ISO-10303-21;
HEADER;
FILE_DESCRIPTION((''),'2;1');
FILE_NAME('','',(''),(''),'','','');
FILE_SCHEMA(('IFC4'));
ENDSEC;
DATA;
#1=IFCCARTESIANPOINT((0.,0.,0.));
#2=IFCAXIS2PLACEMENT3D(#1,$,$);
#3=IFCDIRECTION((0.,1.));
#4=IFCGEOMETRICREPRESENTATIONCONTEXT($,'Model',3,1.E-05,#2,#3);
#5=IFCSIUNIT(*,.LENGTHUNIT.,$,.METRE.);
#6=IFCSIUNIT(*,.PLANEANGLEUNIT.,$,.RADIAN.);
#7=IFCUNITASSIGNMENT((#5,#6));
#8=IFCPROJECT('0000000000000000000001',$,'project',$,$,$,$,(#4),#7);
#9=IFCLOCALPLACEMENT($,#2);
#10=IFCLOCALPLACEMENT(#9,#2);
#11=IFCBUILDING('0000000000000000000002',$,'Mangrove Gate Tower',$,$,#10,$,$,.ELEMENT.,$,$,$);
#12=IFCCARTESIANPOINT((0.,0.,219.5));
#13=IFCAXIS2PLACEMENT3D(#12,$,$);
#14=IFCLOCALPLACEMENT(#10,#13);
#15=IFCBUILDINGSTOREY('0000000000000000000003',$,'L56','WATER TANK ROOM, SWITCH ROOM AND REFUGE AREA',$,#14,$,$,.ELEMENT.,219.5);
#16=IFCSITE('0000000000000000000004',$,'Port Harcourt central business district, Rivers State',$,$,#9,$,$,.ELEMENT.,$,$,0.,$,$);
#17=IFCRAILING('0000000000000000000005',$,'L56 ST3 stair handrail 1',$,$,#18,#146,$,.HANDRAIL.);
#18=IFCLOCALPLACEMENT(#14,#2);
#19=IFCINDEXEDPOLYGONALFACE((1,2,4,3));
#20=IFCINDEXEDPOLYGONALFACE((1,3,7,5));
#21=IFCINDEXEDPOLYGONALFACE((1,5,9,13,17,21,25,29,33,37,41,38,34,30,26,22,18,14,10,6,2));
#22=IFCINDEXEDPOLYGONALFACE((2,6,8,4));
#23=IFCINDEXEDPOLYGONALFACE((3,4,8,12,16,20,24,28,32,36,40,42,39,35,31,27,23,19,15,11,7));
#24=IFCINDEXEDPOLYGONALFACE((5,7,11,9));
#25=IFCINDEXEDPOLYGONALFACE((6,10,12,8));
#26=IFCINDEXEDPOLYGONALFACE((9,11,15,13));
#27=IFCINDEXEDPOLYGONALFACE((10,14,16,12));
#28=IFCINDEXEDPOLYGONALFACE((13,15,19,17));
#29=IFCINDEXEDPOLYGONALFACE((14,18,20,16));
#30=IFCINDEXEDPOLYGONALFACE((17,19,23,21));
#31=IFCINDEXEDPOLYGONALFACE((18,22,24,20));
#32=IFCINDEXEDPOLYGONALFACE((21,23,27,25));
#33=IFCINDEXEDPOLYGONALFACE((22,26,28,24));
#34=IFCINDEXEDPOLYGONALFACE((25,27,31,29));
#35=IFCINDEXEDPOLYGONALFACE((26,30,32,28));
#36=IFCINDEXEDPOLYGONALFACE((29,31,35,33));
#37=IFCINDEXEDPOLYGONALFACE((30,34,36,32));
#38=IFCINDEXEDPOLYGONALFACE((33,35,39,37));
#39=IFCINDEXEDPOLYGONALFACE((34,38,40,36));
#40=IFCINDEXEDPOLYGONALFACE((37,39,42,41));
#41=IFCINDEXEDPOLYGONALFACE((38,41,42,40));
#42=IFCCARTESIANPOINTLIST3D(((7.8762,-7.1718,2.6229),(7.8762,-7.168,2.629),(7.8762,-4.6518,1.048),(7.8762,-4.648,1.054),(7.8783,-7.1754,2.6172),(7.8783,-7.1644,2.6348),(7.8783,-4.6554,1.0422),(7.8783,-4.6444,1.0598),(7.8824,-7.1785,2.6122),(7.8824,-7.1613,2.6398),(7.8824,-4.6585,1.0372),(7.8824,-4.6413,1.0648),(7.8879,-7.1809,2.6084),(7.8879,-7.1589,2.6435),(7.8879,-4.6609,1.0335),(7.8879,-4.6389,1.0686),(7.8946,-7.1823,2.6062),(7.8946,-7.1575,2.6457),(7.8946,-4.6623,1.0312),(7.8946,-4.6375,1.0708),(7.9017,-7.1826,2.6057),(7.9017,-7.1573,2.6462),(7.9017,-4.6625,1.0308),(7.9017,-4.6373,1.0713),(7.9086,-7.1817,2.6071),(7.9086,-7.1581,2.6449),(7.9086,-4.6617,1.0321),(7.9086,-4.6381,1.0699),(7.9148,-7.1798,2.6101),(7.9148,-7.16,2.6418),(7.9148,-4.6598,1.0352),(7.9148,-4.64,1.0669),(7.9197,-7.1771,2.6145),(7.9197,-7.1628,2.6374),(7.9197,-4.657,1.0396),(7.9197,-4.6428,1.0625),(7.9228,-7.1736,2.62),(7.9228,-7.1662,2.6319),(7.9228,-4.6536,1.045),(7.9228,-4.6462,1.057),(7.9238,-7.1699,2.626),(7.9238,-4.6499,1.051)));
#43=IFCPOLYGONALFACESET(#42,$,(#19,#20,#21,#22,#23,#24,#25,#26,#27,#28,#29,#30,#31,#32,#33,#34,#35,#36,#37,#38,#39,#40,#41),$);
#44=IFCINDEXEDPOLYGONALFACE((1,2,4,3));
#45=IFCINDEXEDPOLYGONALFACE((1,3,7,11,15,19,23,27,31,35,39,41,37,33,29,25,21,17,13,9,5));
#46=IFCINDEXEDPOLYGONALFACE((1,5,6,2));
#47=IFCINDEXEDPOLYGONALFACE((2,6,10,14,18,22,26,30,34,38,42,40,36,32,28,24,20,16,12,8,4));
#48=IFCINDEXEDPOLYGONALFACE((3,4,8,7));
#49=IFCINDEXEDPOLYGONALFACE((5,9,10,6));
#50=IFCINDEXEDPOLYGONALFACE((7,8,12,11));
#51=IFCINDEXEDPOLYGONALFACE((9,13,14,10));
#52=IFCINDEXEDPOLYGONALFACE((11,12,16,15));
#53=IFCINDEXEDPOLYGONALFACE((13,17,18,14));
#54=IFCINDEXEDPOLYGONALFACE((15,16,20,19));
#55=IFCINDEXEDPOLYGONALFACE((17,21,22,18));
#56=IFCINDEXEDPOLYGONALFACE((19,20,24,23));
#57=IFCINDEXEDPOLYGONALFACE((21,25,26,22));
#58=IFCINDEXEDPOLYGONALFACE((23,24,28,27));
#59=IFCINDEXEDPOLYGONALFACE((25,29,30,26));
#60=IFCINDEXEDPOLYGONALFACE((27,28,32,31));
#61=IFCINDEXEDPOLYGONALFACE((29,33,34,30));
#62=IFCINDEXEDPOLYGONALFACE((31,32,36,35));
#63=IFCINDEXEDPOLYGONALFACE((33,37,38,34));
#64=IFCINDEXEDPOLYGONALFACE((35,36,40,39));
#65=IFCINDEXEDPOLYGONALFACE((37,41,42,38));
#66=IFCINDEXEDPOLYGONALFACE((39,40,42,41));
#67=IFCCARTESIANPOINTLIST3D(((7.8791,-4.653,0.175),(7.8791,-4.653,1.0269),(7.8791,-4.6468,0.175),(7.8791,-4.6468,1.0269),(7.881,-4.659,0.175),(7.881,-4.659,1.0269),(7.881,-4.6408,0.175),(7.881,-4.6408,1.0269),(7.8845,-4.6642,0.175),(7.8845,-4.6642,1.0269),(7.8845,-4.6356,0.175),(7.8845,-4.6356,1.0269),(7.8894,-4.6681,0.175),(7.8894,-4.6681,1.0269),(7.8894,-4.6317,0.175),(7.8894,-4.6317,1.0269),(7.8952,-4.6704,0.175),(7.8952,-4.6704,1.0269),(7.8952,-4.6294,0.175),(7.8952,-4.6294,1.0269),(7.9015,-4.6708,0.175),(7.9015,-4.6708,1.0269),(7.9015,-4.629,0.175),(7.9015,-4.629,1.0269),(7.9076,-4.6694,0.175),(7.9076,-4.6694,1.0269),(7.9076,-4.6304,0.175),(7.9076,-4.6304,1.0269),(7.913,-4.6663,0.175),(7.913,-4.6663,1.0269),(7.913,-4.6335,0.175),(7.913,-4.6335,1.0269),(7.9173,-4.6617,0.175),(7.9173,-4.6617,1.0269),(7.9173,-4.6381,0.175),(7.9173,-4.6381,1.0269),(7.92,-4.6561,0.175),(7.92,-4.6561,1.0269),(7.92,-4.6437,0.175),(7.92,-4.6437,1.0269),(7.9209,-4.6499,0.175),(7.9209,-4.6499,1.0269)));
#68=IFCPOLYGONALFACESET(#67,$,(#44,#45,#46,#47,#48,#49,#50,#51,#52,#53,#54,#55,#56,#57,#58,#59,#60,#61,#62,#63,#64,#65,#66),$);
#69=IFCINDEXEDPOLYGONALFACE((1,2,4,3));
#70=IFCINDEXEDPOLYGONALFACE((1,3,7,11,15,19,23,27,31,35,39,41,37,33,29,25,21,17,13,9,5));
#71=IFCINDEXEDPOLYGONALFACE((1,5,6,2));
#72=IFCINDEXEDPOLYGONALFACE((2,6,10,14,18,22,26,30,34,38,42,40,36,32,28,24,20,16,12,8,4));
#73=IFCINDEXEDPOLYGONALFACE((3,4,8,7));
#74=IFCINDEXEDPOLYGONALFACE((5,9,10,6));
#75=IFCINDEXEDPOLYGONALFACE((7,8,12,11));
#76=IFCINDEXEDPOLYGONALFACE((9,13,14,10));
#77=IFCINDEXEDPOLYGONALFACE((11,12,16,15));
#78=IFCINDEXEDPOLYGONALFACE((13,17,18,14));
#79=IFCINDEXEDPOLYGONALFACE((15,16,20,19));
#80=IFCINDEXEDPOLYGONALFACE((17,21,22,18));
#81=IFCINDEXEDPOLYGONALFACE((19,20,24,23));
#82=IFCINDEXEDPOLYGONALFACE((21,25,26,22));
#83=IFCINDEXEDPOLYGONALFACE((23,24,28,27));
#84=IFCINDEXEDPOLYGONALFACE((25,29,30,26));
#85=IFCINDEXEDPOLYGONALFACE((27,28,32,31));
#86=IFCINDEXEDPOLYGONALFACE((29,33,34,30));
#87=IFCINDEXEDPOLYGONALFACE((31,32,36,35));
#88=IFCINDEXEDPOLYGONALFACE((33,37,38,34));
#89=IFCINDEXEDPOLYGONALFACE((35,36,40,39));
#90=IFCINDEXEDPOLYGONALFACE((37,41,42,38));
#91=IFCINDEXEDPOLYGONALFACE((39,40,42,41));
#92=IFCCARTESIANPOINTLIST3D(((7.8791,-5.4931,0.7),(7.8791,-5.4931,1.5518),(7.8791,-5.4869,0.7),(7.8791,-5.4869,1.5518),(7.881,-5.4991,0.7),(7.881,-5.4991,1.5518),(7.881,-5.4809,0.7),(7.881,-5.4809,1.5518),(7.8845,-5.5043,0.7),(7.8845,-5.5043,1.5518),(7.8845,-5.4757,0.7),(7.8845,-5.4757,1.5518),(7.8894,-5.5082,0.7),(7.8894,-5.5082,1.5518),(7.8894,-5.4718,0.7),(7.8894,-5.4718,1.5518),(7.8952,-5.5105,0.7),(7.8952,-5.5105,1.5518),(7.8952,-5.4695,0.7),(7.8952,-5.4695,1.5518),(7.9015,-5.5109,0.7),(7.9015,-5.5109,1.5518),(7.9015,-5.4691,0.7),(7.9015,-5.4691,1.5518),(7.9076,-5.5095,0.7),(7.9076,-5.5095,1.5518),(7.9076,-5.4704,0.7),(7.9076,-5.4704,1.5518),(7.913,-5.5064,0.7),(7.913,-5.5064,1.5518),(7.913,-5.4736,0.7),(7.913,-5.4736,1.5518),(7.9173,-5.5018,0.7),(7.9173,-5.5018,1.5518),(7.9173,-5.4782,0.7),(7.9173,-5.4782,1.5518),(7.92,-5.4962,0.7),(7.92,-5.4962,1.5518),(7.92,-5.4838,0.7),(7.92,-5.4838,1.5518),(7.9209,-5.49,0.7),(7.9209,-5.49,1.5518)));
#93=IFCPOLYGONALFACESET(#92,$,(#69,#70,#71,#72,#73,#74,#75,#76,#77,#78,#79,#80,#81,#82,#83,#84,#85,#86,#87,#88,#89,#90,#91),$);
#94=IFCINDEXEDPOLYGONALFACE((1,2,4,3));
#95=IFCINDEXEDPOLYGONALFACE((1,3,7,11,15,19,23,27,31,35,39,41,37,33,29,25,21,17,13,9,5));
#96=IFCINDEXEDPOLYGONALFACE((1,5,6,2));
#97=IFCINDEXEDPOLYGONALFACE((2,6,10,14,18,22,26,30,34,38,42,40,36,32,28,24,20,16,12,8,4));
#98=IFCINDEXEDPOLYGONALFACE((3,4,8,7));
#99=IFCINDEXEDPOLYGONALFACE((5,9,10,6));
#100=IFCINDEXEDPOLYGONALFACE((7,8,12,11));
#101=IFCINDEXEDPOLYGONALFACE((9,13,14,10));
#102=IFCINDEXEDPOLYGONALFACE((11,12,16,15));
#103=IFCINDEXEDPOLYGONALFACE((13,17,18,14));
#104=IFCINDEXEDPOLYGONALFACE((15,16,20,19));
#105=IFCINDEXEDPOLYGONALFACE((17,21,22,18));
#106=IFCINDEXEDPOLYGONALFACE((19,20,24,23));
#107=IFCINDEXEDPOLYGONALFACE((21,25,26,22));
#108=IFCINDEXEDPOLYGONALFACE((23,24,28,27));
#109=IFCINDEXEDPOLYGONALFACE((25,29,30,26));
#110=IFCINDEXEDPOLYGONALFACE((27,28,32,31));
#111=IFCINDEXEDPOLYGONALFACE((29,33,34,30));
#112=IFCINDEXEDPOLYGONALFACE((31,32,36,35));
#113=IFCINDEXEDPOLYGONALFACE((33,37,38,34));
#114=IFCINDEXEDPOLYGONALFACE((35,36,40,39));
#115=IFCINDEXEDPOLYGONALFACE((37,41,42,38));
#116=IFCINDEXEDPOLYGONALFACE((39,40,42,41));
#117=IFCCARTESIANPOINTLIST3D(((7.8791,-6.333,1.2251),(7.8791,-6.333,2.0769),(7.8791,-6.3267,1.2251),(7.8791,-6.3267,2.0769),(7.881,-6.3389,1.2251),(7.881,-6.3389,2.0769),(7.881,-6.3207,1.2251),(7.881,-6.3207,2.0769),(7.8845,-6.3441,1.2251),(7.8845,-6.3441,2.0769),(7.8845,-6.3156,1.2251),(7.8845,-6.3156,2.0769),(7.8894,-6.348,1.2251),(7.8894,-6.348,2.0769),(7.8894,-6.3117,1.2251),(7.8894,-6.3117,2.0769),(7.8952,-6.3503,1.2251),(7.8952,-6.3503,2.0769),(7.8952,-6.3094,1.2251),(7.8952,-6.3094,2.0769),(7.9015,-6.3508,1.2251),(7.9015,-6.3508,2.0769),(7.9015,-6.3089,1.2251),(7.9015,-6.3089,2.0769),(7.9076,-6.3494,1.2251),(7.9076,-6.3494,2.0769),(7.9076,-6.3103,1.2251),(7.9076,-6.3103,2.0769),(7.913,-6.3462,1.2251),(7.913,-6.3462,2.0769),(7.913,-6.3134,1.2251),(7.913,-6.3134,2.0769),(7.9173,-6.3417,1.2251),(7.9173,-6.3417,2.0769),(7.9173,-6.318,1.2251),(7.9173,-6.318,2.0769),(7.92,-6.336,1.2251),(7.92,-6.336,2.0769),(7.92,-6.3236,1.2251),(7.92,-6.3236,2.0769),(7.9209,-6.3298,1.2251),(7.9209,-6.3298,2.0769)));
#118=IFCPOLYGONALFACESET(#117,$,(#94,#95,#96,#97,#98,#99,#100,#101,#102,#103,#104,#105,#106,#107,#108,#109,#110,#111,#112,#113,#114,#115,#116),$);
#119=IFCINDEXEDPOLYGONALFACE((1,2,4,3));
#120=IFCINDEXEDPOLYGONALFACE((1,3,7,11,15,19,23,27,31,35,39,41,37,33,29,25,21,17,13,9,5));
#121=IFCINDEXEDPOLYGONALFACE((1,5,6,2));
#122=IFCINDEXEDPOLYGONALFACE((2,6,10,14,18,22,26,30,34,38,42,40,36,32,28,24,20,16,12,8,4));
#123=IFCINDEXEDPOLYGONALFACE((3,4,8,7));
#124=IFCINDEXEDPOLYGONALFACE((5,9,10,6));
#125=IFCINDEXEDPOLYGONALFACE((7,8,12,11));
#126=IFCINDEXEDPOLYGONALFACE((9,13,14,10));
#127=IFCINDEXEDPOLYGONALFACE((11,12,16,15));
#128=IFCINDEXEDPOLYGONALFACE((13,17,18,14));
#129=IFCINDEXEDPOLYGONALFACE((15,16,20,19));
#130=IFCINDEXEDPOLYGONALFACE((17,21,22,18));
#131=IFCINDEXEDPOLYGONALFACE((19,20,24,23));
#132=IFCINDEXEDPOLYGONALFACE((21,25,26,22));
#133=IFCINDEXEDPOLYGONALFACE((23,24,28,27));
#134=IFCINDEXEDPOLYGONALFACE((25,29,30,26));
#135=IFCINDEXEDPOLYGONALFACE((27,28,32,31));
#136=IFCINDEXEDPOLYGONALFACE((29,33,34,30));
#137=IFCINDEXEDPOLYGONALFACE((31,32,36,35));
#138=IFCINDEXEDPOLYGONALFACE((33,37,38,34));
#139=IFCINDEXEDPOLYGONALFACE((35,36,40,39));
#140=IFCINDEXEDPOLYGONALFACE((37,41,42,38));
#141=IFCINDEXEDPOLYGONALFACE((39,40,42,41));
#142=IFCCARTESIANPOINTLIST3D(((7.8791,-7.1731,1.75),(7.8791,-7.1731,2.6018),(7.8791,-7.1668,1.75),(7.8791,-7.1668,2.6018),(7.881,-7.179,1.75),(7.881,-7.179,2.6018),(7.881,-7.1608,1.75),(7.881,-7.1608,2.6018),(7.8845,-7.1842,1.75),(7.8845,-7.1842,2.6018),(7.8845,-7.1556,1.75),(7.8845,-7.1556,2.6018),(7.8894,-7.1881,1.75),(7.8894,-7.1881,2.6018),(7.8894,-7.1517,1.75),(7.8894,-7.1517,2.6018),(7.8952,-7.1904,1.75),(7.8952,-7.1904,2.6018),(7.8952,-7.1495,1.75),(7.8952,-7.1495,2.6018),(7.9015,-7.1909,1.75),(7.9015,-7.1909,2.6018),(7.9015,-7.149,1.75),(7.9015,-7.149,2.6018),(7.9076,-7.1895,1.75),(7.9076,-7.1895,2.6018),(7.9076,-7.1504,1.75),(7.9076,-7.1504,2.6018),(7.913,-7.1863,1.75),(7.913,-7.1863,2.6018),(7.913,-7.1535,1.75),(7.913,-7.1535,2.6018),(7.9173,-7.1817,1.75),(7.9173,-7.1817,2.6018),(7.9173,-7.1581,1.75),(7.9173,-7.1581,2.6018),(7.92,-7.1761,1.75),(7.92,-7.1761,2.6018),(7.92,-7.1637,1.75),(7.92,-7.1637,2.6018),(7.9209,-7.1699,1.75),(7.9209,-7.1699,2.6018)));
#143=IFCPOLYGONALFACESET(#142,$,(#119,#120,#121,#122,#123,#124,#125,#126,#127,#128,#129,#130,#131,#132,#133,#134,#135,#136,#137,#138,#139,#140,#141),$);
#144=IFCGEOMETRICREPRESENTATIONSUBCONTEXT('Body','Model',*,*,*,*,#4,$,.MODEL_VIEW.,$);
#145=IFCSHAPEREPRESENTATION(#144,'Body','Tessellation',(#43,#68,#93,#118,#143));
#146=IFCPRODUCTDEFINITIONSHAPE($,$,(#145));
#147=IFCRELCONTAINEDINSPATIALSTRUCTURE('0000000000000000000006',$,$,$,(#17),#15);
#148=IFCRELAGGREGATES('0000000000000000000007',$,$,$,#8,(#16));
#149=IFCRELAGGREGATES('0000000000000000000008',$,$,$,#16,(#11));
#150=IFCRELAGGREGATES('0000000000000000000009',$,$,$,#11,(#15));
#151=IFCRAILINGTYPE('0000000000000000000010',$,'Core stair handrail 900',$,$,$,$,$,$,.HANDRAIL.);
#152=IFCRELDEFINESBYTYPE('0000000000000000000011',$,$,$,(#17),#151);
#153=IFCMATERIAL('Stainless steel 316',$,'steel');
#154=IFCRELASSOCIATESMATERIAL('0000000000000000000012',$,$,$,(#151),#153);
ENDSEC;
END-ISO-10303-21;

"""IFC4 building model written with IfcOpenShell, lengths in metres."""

from ifc_helpers import new_model, si_unit, direction, frame, origin, origin_2d, place, context, subcontext, project, spatial, circle, extrude, material, type_object, element, save


model = new_model("IFC4")

# Units and contexts
model_context = context("Model", 3, precision=1e-05, world=origin(), true_north=direction((0.0, 1.0)))
body_context = subcontext(model_context, "Body", "Model", "MODEL_VIEW")
ifc_project = project(units=[si_unit("LENGTHUNIT", "METRE"), si_unit("PLANEANGLEUNIT", "RADIAN")], contexts=[model_context])

# Site, building, storey
site_placement = place(None, origin())
site = spatial("IfcSite", under=ifc_project, at=site_placement, Name="Port Harcourt central business district, Rivers State", CompositionType="ELEMENT", RefElevation=0.0)
building_placement = place(site_placement, origin())
building = spatial("IfcBuilding", under=site, at=building_placement, Name="Mangrove Gate Tower", CompositionType="ELEMENT")
storey_placement = place(building_placement, frame((0.0, 0.0, 219.5)))
storey = spatial("IfcBuildingStorey", under=building, at=storey_placement, Name="L56", Description="WATER TANK ROOM, SWITCH ROOM AND REFUGE AREA", CompositionType="ELEMENT", Elevation=219.5)

# Railing
ifc_material_1 = material(Name="Stainless steel 316", Category="steel")
railing_type_1 = type_object("IfcRailingType", Name="Core stair handrail 900", PredefinedType="HANDRAIL", material=ifc_material_1)
railing_1_placement = place(storey_placement, frame((7.8999, -4.6499, 0.175)))
element("IfcRailing", 1, at=railing_1_placement, inside=storey, type_object=railing_type_1, Name="L56 ST3 stair handrail 1", PredefinedType="HANDRAIL", context=body_context, shape_type="SweptSolid", body=[
    extrude(circle(Radius=0.0239, at=origin_2d()), frame((0.0, 0.0, 0.876), z_axis=(0.0, -0.848008, 0.529984), x_axis=(1.0, 0.0, 0.0)), (0.0, 0.0, 1.0), 2.9717),
    extrude(circle(Radius=0.021, at=origin_2d()), origin(), (0.0, 0.0, 1.0), 0.8518),
    extrude(circle(Radius=0.021, at=origin_2d()), frame((0.0, -0.8401, 0.5249)), (0.0, 0.0, 1.0), 0.8518),
    extrude(circle(Radius=0.021, at=origin_2d()), frame((0.0, -1.6799, 1.05)), (0.0, 0.0, 1.0), 0.8518),
    extrude(circle(Radius=0.021, at=origin_2d()), frame((0.0, -2.52, 1.575)), (0.0, 0.0, 1.0), 0.8518),
])

save(model, "model.ifc")
